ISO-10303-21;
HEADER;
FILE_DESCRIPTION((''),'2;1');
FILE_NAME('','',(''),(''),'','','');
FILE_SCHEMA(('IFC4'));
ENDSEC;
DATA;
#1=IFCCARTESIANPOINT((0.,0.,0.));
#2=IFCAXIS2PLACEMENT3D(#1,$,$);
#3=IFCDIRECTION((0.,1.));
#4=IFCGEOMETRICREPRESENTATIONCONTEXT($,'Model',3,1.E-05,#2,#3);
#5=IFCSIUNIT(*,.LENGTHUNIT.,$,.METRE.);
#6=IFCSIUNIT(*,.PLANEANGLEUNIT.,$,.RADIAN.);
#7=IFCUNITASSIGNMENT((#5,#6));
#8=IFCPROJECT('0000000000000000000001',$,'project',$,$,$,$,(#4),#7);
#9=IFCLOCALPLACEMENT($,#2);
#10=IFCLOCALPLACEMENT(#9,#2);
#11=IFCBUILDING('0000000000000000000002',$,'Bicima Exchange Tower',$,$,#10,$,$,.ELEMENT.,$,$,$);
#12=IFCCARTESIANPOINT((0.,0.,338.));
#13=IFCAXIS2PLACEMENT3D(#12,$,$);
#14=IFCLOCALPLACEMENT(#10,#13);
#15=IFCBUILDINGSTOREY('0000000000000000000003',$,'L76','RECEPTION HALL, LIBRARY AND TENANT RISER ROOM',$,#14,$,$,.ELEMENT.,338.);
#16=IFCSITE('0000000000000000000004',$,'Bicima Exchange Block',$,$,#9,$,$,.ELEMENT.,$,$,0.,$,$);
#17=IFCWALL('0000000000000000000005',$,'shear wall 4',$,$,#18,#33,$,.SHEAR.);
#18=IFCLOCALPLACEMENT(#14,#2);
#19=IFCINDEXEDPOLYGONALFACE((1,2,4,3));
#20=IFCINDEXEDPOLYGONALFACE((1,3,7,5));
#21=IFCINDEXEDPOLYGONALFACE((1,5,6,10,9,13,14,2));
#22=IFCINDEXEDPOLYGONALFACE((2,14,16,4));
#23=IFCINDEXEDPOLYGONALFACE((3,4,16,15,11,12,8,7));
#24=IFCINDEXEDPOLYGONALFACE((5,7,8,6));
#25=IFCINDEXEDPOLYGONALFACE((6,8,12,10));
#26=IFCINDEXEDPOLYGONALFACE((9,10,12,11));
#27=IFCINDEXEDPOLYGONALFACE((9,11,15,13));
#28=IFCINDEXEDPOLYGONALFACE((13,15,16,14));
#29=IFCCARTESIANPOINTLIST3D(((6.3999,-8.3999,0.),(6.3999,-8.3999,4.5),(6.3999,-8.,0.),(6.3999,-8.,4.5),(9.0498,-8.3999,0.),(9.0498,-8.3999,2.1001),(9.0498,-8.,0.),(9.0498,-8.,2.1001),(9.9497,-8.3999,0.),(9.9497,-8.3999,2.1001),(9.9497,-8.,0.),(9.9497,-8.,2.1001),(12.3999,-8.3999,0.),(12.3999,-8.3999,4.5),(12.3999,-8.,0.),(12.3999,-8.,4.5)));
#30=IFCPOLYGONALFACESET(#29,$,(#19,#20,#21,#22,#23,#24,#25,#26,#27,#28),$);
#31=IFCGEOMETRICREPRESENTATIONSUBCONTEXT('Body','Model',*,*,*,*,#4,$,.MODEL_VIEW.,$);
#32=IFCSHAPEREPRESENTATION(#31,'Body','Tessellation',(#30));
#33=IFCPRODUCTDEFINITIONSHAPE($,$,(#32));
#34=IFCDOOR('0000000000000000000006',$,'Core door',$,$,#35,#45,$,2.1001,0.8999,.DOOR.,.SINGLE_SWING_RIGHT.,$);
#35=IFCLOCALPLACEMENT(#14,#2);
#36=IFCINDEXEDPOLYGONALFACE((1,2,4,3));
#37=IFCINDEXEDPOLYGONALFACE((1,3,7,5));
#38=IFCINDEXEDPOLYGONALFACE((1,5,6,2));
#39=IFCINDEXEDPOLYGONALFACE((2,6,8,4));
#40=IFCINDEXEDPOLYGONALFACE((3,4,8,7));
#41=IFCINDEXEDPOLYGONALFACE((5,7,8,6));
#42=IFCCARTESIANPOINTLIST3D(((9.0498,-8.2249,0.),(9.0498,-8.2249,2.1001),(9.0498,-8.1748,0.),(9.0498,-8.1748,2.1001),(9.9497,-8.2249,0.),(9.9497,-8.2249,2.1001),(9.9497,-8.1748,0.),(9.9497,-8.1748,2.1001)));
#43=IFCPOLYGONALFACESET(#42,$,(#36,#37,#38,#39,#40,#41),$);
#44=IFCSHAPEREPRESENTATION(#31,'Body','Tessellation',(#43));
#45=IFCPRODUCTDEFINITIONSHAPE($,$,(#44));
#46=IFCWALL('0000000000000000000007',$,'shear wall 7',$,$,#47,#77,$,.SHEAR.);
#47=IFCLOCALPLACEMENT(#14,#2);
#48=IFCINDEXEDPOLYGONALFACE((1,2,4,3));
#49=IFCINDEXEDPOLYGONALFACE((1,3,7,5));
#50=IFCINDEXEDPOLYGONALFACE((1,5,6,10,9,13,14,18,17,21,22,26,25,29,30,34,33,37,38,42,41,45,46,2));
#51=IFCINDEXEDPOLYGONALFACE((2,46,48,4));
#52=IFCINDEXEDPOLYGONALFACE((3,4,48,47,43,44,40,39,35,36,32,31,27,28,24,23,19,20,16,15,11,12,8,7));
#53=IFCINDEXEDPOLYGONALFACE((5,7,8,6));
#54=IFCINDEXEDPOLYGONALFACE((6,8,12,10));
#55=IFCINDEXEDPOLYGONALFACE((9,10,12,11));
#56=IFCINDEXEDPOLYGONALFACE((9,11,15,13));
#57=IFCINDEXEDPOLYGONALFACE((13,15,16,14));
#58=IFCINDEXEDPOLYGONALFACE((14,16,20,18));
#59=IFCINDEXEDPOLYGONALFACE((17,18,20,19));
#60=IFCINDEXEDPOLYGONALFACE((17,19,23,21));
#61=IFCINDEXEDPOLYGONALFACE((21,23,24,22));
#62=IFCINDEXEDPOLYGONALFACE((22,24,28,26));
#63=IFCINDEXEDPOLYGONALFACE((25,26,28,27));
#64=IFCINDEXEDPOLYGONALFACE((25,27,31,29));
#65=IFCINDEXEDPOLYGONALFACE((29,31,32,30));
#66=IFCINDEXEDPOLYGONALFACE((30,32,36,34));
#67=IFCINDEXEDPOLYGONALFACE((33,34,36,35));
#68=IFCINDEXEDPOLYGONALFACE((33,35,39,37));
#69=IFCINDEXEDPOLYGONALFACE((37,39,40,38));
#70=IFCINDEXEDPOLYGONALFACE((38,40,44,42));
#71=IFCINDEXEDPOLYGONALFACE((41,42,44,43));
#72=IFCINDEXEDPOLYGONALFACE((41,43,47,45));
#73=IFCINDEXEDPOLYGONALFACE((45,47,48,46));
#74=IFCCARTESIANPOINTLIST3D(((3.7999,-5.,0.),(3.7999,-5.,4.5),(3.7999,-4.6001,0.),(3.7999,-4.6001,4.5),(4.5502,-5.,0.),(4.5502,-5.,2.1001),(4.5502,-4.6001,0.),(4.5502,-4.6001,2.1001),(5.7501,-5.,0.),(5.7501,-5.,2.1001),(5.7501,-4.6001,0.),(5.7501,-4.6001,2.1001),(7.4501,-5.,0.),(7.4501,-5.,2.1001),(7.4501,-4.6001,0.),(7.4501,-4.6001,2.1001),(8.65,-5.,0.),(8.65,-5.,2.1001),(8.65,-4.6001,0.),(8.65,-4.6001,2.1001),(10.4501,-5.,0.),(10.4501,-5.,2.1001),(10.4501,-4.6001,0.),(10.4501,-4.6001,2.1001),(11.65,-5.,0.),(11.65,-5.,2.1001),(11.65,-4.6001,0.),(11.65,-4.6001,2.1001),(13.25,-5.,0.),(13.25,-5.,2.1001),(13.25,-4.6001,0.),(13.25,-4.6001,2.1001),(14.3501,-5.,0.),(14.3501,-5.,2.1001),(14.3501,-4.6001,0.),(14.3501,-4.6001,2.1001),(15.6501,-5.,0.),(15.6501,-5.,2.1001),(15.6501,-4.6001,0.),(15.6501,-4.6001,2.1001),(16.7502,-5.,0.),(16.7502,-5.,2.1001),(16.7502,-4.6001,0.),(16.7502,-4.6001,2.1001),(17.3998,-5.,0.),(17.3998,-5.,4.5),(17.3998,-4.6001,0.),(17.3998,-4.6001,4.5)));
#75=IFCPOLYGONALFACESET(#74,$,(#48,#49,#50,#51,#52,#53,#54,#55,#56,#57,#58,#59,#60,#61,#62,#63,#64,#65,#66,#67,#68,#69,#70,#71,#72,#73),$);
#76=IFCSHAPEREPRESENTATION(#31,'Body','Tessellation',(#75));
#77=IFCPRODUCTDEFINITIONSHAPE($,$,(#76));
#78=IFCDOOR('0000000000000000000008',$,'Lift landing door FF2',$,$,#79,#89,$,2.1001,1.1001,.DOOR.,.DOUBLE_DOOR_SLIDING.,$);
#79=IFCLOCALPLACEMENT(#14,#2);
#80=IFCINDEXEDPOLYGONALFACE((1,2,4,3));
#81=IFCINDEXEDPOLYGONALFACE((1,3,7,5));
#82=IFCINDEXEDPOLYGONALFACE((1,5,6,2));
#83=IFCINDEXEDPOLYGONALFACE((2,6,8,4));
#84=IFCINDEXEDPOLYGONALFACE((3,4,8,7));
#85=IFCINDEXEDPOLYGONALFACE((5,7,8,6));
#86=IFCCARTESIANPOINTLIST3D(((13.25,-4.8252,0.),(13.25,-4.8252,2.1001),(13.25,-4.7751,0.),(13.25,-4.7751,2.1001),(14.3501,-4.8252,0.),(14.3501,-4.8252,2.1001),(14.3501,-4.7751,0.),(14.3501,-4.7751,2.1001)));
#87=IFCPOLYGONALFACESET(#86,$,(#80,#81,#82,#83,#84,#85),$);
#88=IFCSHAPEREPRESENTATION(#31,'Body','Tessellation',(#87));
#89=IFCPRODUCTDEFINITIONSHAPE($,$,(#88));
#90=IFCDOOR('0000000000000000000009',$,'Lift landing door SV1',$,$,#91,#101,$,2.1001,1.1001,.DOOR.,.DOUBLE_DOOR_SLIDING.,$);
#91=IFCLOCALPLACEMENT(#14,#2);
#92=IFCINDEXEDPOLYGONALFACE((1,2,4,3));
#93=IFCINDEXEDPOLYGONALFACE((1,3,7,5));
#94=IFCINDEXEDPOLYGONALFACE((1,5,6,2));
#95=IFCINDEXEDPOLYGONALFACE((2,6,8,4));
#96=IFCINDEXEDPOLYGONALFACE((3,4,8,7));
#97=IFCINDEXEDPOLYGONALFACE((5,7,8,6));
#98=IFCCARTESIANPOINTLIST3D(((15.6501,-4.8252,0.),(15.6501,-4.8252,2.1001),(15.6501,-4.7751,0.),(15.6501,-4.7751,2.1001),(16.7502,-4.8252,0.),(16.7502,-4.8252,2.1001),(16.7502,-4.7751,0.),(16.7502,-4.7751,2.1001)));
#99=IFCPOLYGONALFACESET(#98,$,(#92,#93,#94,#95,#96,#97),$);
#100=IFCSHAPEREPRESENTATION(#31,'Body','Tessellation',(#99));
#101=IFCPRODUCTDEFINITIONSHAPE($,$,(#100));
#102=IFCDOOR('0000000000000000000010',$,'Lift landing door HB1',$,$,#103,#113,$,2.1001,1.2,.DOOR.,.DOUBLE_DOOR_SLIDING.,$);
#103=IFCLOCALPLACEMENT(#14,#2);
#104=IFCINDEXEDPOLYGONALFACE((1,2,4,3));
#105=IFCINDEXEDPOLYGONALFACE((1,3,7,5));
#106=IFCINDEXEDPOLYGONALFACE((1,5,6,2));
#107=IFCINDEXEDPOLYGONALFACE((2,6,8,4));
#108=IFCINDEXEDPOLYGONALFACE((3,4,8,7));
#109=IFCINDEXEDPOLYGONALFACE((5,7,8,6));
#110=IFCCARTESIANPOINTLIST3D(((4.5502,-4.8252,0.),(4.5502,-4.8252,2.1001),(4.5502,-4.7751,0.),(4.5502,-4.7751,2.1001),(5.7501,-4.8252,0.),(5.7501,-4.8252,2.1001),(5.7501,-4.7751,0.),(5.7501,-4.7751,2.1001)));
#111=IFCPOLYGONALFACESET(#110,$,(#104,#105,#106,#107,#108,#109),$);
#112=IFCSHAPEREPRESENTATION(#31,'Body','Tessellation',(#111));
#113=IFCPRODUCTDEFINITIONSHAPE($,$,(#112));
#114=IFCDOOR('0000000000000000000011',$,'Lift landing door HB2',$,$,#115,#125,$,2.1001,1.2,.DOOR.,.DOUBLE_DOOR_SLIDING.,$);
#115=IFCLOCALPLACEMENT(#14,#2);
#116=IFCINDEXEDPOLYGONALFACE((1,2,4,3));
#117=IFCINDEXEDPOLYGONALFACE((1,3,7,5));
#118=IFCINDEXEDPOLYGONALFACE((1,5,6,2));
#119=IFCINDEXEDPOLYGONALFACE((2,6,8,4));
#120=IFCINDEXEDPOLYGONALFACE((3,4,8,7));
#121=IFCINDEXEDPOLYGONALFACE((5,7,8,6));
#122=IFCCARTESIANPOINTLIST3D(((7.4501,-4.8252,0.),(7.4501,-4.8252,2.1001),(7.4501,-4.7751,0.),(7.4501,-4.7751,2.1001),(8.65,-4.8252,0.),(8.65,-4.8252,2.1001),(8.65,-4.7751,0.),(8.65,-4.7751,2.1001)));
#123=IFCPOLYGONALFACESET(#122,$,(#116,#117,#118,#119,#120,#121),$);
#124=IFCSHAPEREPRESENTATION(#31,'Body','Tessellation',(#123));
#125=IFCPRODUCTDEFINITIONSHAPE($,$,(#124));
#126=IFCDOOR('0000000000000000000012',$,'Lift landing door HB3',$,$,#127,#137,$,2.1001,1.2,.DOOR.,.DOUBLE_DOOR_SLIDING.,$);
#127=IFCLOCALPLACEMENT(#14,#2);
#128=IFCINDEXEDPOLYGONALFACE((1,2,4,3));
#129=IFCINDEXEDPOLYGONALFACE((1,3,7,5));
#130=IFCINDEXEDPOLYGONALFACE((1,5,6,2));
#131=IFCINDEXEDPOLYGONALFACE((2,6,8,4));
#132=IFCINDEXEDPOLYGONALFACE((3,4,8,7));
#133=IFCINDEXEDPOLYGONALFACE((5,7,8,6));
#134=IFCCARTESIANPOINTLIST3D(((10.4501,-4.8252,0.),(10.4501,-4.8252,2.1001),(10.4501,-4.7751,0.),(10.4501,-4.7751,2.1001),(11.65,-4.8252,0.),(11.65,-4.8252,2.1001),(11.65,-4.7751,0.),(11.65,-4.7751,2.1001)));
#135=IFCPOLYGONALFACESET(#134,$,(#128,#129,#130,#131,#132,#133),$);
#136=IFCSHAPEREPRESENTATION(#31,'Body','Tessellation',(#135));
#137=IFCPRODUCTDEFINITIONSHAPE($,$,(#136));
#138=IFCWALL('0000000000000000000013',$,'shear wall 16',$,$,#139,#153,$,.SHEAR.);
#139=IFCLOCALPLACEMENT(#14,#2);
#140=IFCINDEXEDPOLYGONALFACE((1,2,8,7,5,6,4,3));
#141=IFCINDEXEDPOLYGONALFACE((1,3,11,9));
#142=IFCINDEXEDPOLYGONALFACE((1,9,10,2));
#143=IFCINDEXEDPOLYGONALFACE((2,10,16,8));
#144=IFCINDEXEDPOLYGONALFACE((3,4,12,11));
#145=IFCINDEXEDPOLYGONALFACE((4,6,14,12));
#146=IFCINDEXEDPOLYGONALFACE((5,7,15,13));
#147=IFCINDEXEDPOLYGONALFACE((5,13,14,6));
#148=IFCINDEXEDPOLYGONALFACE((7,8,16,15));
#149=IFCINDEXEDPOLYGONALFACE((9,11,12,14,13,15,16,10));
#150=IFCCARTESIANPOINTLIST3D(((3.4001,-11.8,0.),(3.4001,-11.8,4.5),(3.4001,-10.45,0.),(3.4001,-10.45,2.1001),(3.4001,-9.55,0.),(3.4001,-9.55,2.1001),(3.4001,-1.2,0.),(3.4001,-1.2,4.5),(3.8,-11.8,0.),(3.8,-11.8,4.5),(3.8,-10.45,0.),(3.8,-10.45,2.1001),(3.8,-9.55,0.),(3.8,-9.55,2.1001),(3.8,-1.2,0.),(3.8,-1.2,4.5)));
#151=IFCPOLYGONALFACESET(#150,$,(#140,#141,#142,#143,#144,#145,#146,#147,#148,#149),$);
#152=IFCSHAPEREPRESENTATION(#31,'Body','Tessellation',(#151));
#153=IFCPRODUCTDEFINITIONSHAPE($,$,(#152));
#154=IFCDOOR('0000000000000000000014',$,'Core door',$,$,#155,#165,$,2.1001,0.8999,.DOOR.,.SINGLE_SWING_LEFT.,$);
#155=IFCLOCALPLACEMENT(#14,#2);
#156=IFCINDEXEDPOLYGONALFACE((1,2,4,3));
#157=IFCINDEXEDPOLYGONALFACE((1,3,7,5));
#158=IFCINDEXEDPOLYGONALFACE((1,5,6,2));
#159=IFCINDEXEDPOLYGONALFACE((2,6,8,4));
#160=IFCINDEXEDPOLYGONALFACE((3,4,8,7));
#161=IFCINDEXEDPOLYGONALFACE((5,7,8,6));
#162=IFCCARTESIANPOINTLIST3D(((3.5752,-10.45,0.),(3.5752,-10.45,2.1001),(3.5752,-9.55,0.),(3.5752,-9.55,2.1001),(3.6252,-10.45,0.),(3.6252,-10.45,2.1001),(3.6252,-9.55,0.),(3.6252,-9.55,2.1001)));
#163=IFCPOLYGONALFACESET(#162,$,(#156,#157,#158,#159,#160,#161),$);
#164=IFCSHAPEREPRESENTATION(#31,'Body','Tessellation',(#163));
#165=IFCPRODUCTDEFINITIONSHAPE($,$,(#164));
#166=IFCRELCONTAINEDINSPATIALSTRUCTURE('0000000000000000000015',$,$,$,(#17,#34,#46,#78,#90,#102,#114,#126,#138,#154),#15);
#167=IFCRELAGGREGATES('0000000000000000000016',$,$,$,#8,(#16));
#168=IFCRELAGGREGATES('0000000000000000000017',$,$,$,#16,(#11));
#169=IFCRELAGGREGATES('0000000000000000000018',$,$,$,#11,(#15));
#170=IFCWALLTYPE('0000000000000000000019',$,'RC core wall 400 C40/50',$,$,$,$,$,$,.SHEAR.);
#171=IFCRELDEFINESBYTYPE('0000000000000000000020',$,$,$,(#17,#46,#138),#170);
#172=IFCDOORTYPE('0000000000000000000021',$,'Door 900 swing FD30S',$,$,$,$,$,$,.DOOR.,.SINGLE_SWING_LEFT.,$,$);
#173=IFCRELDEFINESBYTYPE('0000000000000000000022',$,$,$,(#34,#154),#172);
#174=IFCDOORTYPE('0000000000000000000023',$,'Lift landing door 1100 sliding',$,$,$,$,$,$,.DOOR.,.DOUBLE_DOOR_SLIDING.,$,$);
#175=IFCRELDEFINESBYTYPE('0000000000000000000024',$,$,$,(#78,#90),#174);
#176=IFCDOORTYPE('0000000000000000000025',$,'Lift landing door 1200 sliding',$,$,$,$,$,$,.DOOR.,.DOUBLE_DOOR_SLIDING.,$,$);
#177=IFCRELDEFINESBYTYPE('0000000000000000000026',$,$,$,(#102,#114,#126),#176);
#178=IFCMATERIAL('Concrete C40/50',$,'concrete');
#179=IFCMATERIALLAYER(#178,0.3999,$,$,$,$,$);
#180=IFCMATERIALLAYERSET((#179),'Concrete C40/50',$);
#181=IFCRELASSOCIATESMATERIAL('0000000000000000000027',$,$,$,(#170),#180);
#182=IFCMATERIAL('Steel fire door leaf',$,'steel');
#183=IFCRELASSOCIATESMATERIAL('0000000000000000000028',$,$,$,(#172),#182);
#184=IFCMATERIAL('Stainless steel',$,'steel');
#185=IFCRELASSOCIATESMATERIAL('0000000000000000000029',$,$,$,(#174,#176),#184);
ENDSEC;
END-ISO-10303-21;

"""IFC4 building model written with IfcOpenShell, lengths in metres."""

from ifc_helpers import new_model, si_unit, direction, frame, frame_2d, origin, place, context, subcontext, project, spatial, rectangle, extrude, material, layer, layer_set, type_object, element, fill, save


model = new_model("IFC4")

# Units and contexts
model_context = context("Model", 3, precision=1e-05, world=origin(), true_north=direction((0.0, 1.0)))
body_context = subcontext(model_context, "Body", "Model", "MODEL_VIEW")
ifc_project = project(units=[si_unit("LENGTHUNIT", "METRE"), si_unit("PLANEANGLEUNIT", "RADIAN")], contexts=[model_context])

# Site, building, storey
site_placement = place(None, origin())
site = spatial("IfcSite", under=ifc_project, at=site_placement, Name="Bicima Exchange Block", CompositionType="ELEMENT", RefElevation=0.0)
building_placement = place(site_placement, origin())
building = spatial("IfcBuilding", under=site, at=building_placement, Name="Bicima Exchange Tower", CompositionType="ELEMENT")
storey_placement = place(building_placement, frame((0.0, 0.0, 338.0)))
storey = spatial("IfcBuildingStorey", under=building, at=storey_placement, Name="L76", Description="RECEPTION HALL, LIBRARY AND TENANT RISER ROOM", CompositionType="ELEMENT", Elevation=338.0)

# Shared definitions
ifc_material_1 = material(Name="Concrete C40/50", Category="concrete")

# Wall, opening, door
ifc_layer_1 = layer(ifc_material_1, 0.3999)
ifc_layer_set_1 = layer_set([ifc_layer_1], Name="Concrete C40/50")
wall_type_1 = type_object("IfcWallType", Name="RC core wall 400 C40/50", PredefinedType="SHEAR", material=ifc_layer_set_1)
wall_1_placement = place(storey_placement, frame((6.3999, -8.2, 0.0), z_axis=(0.0, 0.0, 1.0), x_axis=(1.0, 0.0, 0.0)))
wall_1 = element("IfcWall", 1, at=wall_1_placement, inside=storey, type_object=wall_type_1, Name="shear wall 4", PredefinedType="SHEAR", context=body_context, shape_type="SweptSolid", body=[
    extrude(rectangle(XDim=6.0, YDim=0.3999, at=frame_2d((3.0, 0.0))), origin(), (0.0, 0.0, 1.0), 4.5),
])
opening_1_placement = place(wall_1_placement, frame((2.6499, 0.0, 0.0)))
opening_1 = element("IfcOpeningElement", 2, at=opening_1_placement, cuts=wall_1, PredefinedType="OPENING", context=body_context, shape_type="SweptSolid", body=[
    extrude(rectangle(XDim=0.8999, YDim=2.1001, at=frame_2d((0.45, 1.05))), frame((0.0, 0.2119, 0.0), z_axis=(0.0, -1.0, 0.0), x_axis=(1.0, 0.0, 0.0)), (0.0, 0.0, 1.0), 0.4238),
])
ifc_material_2 = material(Name="Steel fire door leaf", Category="steel")
door_type_1 = type_object("IfcDoorType", Name="Door 900 swing FD30S", OperationType="SINGLE_SWING_LEFT", PredefinedType="DOOR", material=ifc_material_2)
door_1_placement = place(opening_1_placement, frame((0.8999, 0.0, 0.0), z_axis=(0.0, 0.0, 1.0), x_axis=(-1.0, 0.0, 0.0)))
door_1 = element("IfcDoor", 3, at=door_1_placement, inside=storey, type_object=door_type_1, Name="Core door", OperationType="SINGLE_SWING_RIGHT", OverallHeight=2.1001, OverallWidth=0.8999, PredefinedType="DOOR", context=body_context, shape_type="SweptSolid", body=[
    extrude(rectangle(XDim=0.8999, YDim=2.1001, at=frame_2d((0.45, 1.05))), frame((0.0, 0.0249, 0.0), z_axis=(0.0, -1.0, 0.0), x_axis=(1.0, 0.0, 0.0)), (0.0, 0.0, 1.0), 0.05),
])
fill(opening_1, door_1)

# Wall, openings, doors
wall_2_placement = place(storey_placement, frame((3.8, -4.8, 0.0), z_axis=(0.0, 0.0, 1.0), x_axis=(1.0, 0.0, 0.0)))
wall_2 = element("IfcWall", 4, at=wall_2_placement, inside=storey, type_object=wall_type_1, Name="shear wall 7", PredefinedType="SHEAR", context=body_context, shape_type="SweptSolid", body=[
    extrude(rectangle(XDim=13.5999, YDim=0.3999, at=frame_2d((6.7998, 0.0))), origin(), (0.0, 0.0, 1.0), 4.5),
])
opening_2_placement = place(wall_2_placement, frame((0.75, 0.0, 0.0)))
opening_2 = element("IfcOpeningElement", 5, at=opening_2_placement, cuts=wall_2, PredefinedType="OPENING", context=body_context, shape_type="SweptSolid", body=[
    extrude(rectangle(XDim=1.2, YDim=2.1001, at=frame_2d((0.6001, 1.05))), frame((0.0, 0.2119, 0.0), z_axis=(0.0, -1.0, 0.0), x_axis=(1.0, 0.0, 0.0)), (0.0, 0.0, 1.0), 0.4238),
])
opening_3_placement = place(wall_2_placement, frame((3.6499, 0.0, 0.0)))
opening_3 = element("IfcOpeningElement", 6, at=opening_3_placement, cuts=wall_2, PredefinedType="OPENING", context=body_context, shape_type="SweptSolid", body=[
    extrude(rectangle(XDim=1.2, YDim=2.1001, at=frame_2d((0.6001, 1.05))), frame((0.0, 0.2119, 0.0), z_axis=(0.0, -1.0, 0.0), x_axis=(1.0, 0.0, 0.0)), (0.0, 0.0, 1.0), 0.4238),
])
opening_4_placement = place(wall_2_placement, frame((6.6499, 0.0, 0.0)))
opening_4 = element("IfcOpeningElement", 7, at=opening_4_placement, cuts=wall_2, PredefinedType="OPENING", context=body_context, shape_type="SweptSolid", body=[
    extrude(rectangle(XDim=1.2, YDim=2.1001, at=frame_2d((0.6001, 1.05))), frame((0.0, 0.2119, 0.0), z_axis=(0.0, -1.0, 0.0), x_axis=(1.0, 0.0, 0.0)), (0.0, 0.0, 1.0), 0.4238),
])
opening_5_placement = place(wall_2_placement, frame((9.45, 0.0, 0.0)))
opening_5 = element("IfcOpeningElement", 8, at=opening_5_placement, cuts=wall_2, PredefinedType="OPENING", context=body_context, shape_type="SweptSolid", body=[
    extrude(rectangle(XDim=1.1001, YDim=2.1001, at=frame_2d((0.55, 1.05))), frame((0.0, 0.2119, 0.0), z_axis=(0.0, -1.0, 0.0), x_axis=(1.0, 0.0, 0.0)), (0.0, 0.0, 1.0), 0.4238),
])
opening_6_placement = place(wall_2_placement, frame((11.8501, 0.0, 0.0)))
opening_6 = element("IfcOpeningElement", 9, at=opening_6_placement, cuts=wall_2, PredefinedType="OPENING", context=body_context, shape_type="SweptSolid", body=[
    extrude(rectangle(XDim=1.1001, YDim=2.1001, at=frame_2d((0.55, 1.05))), frame((0.0, 0.2119, 0.0), z_axis=(0.0, -1.0, 0.0), x_axis=(1.0, 0.0, 0.0)), (0.0, 0.0, 1.0), 0.4238),
])
ifc_material_3 = material(Name="Stainless steel", Category="steel")
door_type_2 = type_object("IfcDoorType", Name="Lift landing door 1100 sliding", OperationType="DOUBLE_DOOR_SLIDING", PredefinedType="DOOR", material=ifc_material_3)
door_2_placement = place(opening_5_placement, origin())
door_2 = element("IfcDoor", 10, at=door_2_placement, inside=storey, type_object=door_type_2, Name="Lift landing door FF2", OperationType="DOUBLE_DOOR_SLIDING", OverallHeight=2.1001, OverallWidth=1.1001, PredefinedType="DOOR", context=body_context, shape_type="SweptSolid", body=[
    extrude(rectangle(XDim=1.1001, YDim=2.1001, at=frame_2d((0.55, 1.05))), frame((0.0, 0.0249, 0.0), z_axis=(0.0, -1.0, 0.0), x_axis=(1.0, 0.0, 0.0)), (0.0, 0.0, 1.0), 0.05),
])
fill(opening_5, door_2)
door_3_placement = place(opening_6_placement, origin())
door_3 = element("IfcDoor", 11, at=door_3_placement, inside=storey, type_object=door_type_2, Name="Lift landing door SV1", OperationType="DOUBLE_DOOR_SLIDING", OverallHeight=2.1001, OverallWidth=1.1001, PredefinedType="DOOR", context=body_context, shape_type="SweptSolid", body=[
    extrude(rectangle(XDim=1.1001, YDim=2.1001, at=frame_2d((0.55, 1.05))), frame((0.0, 0.0249, 0.0), z_axis=(0.0, -1.0, 0.0), x_axis=(1.0, 0.0, 0.0)), (0.0, 0.0, 1.0), 0.05),
])
fill(opening_6, door_3)
door_type_3 = type_object("IfcDoorType", Name="Lift landing door 1200 sliding", OperationType="DOUBLE_DOOR_SLIDING", PredefinedType="DOOR", material=ifc_material_3)
door_4_placement = place(opening_2_placement, origin())
door_4 = element("IfcDoor", 12, at=door_4_placement, inside=storey, type_object=door_type_3, Name="Lift landing door HB1", OperationType="DOUBLE_DOOR_SLIDING", OverallHeight=2.1001, OverallWidth=1.2, PredefinedType="DOOR", context=body_context, shape_type="SweptSolid", body=[
    extrude(rectangle(XDim=1.2, YDim=2.1001, at=frame_2d((0.6001, 1.05))), frame((0.0, 0.0249, 0.0), z_axis=(0.0, -1.0, 0.0), x_axis=(1.0, 0.0, 0.0)), (0.0, 0.0, 1.0), 0.05),
])
fill(opening_2, door_4)
door_5_placement = place(opening_3_placement, origin())
door_5 = element("IfcDoor", 13, at=door_5_placement, inside=storey, type_object=door_type_3, Name="Lift landing door HB2", OperationType="DOUBLE_DOOR_SLIDING", OverallHeight=2.1001, OverallWidth=1.2, PredefinedType="DOOR", context=body_context, shape_type="SweptSolid", body=[
    extrude(rectangle(XDim=1.2, YDim=2.1001, at=frame_2d((0.6001, 1.05))), frame((0.0, 0.0249, 0.0), z_axis=(0.0, -1.0, 0.0), x_axis=(1.0, 0.0, 0.0)), (0.0, 0.0, 1.0), 0.05),
])
fill(opening_3, door_5)
door_6_placement = place(opening_4_placement, origin())
door_6 = element("IfcDoor", 14, at=door_6_placement, inside=storey, type_object=door_type_3, Name="Lift landing door HB3", OperationType="DOUBLE_DOOR_SLIDING", OverallHeight=2.1001, OverallWidth=1.2, PredefinedType="DOOR", context=body_context, shape_type="SweptSolid", body=[
    extrude(rectangle(XDim=1.2, YDim=2.1001, at=frame_2d((0.6001, 1.05))), frame((0.0, 0.0249, 0.0), z_axis=(0.0, -1.0, 0.0), x_axis=(1.0, 0.0, 0.0)), (0.0, 0.0, 1.0), 0.05),
])
fill(opening_4, door_6)

# Wall, opening, door
wall_3_placement = place(storey_placement, frame((3.6001, -11.8, 0.0), z_axis=(0.0, 0.0, 1.0), x_axis=(0.0, 1.0, 0.0)))
wall_3 = element("IfcWall", 15, at=wall_3_placement, inside=storey, type_object=wall_type_1, Name="shear wall 16", PredefinedType="SHEAR", context=body_context, shape_type="SweptSolid", body=[
    extrude(rectangle(XDim=10.6001, YDim=0.3999, at=frame_2d((5.3, 0.0))), origin(), (0.0, 0.0, 1.0), 4.5),
])
opening_7_placement = place(wall_3_placement, frame((1.3501, 0.0, 0.0)))
opening_7 = element("IfcOpeningElement", 16, at=opening_7_placement, cuts=wall_3, PredefinedType="OPENING", context=body_context, shape_type="SweptSolid", body=[
    extrude(rectangle(XDim=0.8999, YDim=2.1001, at=frame_2d((0.45, 1.05))), frame((0.0, 0.2119, 0.0), z_axis=(0.0, -1.0, 0.0), x_axis=(1.0, 0.0, 0.0)), (0.0, 0.0, 1.0), 0.4238),
])
door_7_placement = place(opening_7_placement, origin())
door_7 = element("IfcDoor", 17, at=door_7_placement, inside=storey, type_object=door_type_1, Name="Core door", OperationType="SINGLE_SWING_LEFT", OverallHeight=2.1001, OverallWidth=0.8999, PredefinedType="DOOR", context=body_context, shape_type="SweptSolid", body=[
    extrude(rectangle(XDim=0.8999, YDim=2.1001, at=frame_2d((0.45, 1.05))), frame((0.0, 0.0249, 0.0), z_axis=(0.0, -1.0, 0.0), x_axis=(1.0, 0.0, 0.0)), (0.0, 0.0, 1.0), 0.05),
])
fill(opening_7, door_7)

save(model, "model.ifc")
